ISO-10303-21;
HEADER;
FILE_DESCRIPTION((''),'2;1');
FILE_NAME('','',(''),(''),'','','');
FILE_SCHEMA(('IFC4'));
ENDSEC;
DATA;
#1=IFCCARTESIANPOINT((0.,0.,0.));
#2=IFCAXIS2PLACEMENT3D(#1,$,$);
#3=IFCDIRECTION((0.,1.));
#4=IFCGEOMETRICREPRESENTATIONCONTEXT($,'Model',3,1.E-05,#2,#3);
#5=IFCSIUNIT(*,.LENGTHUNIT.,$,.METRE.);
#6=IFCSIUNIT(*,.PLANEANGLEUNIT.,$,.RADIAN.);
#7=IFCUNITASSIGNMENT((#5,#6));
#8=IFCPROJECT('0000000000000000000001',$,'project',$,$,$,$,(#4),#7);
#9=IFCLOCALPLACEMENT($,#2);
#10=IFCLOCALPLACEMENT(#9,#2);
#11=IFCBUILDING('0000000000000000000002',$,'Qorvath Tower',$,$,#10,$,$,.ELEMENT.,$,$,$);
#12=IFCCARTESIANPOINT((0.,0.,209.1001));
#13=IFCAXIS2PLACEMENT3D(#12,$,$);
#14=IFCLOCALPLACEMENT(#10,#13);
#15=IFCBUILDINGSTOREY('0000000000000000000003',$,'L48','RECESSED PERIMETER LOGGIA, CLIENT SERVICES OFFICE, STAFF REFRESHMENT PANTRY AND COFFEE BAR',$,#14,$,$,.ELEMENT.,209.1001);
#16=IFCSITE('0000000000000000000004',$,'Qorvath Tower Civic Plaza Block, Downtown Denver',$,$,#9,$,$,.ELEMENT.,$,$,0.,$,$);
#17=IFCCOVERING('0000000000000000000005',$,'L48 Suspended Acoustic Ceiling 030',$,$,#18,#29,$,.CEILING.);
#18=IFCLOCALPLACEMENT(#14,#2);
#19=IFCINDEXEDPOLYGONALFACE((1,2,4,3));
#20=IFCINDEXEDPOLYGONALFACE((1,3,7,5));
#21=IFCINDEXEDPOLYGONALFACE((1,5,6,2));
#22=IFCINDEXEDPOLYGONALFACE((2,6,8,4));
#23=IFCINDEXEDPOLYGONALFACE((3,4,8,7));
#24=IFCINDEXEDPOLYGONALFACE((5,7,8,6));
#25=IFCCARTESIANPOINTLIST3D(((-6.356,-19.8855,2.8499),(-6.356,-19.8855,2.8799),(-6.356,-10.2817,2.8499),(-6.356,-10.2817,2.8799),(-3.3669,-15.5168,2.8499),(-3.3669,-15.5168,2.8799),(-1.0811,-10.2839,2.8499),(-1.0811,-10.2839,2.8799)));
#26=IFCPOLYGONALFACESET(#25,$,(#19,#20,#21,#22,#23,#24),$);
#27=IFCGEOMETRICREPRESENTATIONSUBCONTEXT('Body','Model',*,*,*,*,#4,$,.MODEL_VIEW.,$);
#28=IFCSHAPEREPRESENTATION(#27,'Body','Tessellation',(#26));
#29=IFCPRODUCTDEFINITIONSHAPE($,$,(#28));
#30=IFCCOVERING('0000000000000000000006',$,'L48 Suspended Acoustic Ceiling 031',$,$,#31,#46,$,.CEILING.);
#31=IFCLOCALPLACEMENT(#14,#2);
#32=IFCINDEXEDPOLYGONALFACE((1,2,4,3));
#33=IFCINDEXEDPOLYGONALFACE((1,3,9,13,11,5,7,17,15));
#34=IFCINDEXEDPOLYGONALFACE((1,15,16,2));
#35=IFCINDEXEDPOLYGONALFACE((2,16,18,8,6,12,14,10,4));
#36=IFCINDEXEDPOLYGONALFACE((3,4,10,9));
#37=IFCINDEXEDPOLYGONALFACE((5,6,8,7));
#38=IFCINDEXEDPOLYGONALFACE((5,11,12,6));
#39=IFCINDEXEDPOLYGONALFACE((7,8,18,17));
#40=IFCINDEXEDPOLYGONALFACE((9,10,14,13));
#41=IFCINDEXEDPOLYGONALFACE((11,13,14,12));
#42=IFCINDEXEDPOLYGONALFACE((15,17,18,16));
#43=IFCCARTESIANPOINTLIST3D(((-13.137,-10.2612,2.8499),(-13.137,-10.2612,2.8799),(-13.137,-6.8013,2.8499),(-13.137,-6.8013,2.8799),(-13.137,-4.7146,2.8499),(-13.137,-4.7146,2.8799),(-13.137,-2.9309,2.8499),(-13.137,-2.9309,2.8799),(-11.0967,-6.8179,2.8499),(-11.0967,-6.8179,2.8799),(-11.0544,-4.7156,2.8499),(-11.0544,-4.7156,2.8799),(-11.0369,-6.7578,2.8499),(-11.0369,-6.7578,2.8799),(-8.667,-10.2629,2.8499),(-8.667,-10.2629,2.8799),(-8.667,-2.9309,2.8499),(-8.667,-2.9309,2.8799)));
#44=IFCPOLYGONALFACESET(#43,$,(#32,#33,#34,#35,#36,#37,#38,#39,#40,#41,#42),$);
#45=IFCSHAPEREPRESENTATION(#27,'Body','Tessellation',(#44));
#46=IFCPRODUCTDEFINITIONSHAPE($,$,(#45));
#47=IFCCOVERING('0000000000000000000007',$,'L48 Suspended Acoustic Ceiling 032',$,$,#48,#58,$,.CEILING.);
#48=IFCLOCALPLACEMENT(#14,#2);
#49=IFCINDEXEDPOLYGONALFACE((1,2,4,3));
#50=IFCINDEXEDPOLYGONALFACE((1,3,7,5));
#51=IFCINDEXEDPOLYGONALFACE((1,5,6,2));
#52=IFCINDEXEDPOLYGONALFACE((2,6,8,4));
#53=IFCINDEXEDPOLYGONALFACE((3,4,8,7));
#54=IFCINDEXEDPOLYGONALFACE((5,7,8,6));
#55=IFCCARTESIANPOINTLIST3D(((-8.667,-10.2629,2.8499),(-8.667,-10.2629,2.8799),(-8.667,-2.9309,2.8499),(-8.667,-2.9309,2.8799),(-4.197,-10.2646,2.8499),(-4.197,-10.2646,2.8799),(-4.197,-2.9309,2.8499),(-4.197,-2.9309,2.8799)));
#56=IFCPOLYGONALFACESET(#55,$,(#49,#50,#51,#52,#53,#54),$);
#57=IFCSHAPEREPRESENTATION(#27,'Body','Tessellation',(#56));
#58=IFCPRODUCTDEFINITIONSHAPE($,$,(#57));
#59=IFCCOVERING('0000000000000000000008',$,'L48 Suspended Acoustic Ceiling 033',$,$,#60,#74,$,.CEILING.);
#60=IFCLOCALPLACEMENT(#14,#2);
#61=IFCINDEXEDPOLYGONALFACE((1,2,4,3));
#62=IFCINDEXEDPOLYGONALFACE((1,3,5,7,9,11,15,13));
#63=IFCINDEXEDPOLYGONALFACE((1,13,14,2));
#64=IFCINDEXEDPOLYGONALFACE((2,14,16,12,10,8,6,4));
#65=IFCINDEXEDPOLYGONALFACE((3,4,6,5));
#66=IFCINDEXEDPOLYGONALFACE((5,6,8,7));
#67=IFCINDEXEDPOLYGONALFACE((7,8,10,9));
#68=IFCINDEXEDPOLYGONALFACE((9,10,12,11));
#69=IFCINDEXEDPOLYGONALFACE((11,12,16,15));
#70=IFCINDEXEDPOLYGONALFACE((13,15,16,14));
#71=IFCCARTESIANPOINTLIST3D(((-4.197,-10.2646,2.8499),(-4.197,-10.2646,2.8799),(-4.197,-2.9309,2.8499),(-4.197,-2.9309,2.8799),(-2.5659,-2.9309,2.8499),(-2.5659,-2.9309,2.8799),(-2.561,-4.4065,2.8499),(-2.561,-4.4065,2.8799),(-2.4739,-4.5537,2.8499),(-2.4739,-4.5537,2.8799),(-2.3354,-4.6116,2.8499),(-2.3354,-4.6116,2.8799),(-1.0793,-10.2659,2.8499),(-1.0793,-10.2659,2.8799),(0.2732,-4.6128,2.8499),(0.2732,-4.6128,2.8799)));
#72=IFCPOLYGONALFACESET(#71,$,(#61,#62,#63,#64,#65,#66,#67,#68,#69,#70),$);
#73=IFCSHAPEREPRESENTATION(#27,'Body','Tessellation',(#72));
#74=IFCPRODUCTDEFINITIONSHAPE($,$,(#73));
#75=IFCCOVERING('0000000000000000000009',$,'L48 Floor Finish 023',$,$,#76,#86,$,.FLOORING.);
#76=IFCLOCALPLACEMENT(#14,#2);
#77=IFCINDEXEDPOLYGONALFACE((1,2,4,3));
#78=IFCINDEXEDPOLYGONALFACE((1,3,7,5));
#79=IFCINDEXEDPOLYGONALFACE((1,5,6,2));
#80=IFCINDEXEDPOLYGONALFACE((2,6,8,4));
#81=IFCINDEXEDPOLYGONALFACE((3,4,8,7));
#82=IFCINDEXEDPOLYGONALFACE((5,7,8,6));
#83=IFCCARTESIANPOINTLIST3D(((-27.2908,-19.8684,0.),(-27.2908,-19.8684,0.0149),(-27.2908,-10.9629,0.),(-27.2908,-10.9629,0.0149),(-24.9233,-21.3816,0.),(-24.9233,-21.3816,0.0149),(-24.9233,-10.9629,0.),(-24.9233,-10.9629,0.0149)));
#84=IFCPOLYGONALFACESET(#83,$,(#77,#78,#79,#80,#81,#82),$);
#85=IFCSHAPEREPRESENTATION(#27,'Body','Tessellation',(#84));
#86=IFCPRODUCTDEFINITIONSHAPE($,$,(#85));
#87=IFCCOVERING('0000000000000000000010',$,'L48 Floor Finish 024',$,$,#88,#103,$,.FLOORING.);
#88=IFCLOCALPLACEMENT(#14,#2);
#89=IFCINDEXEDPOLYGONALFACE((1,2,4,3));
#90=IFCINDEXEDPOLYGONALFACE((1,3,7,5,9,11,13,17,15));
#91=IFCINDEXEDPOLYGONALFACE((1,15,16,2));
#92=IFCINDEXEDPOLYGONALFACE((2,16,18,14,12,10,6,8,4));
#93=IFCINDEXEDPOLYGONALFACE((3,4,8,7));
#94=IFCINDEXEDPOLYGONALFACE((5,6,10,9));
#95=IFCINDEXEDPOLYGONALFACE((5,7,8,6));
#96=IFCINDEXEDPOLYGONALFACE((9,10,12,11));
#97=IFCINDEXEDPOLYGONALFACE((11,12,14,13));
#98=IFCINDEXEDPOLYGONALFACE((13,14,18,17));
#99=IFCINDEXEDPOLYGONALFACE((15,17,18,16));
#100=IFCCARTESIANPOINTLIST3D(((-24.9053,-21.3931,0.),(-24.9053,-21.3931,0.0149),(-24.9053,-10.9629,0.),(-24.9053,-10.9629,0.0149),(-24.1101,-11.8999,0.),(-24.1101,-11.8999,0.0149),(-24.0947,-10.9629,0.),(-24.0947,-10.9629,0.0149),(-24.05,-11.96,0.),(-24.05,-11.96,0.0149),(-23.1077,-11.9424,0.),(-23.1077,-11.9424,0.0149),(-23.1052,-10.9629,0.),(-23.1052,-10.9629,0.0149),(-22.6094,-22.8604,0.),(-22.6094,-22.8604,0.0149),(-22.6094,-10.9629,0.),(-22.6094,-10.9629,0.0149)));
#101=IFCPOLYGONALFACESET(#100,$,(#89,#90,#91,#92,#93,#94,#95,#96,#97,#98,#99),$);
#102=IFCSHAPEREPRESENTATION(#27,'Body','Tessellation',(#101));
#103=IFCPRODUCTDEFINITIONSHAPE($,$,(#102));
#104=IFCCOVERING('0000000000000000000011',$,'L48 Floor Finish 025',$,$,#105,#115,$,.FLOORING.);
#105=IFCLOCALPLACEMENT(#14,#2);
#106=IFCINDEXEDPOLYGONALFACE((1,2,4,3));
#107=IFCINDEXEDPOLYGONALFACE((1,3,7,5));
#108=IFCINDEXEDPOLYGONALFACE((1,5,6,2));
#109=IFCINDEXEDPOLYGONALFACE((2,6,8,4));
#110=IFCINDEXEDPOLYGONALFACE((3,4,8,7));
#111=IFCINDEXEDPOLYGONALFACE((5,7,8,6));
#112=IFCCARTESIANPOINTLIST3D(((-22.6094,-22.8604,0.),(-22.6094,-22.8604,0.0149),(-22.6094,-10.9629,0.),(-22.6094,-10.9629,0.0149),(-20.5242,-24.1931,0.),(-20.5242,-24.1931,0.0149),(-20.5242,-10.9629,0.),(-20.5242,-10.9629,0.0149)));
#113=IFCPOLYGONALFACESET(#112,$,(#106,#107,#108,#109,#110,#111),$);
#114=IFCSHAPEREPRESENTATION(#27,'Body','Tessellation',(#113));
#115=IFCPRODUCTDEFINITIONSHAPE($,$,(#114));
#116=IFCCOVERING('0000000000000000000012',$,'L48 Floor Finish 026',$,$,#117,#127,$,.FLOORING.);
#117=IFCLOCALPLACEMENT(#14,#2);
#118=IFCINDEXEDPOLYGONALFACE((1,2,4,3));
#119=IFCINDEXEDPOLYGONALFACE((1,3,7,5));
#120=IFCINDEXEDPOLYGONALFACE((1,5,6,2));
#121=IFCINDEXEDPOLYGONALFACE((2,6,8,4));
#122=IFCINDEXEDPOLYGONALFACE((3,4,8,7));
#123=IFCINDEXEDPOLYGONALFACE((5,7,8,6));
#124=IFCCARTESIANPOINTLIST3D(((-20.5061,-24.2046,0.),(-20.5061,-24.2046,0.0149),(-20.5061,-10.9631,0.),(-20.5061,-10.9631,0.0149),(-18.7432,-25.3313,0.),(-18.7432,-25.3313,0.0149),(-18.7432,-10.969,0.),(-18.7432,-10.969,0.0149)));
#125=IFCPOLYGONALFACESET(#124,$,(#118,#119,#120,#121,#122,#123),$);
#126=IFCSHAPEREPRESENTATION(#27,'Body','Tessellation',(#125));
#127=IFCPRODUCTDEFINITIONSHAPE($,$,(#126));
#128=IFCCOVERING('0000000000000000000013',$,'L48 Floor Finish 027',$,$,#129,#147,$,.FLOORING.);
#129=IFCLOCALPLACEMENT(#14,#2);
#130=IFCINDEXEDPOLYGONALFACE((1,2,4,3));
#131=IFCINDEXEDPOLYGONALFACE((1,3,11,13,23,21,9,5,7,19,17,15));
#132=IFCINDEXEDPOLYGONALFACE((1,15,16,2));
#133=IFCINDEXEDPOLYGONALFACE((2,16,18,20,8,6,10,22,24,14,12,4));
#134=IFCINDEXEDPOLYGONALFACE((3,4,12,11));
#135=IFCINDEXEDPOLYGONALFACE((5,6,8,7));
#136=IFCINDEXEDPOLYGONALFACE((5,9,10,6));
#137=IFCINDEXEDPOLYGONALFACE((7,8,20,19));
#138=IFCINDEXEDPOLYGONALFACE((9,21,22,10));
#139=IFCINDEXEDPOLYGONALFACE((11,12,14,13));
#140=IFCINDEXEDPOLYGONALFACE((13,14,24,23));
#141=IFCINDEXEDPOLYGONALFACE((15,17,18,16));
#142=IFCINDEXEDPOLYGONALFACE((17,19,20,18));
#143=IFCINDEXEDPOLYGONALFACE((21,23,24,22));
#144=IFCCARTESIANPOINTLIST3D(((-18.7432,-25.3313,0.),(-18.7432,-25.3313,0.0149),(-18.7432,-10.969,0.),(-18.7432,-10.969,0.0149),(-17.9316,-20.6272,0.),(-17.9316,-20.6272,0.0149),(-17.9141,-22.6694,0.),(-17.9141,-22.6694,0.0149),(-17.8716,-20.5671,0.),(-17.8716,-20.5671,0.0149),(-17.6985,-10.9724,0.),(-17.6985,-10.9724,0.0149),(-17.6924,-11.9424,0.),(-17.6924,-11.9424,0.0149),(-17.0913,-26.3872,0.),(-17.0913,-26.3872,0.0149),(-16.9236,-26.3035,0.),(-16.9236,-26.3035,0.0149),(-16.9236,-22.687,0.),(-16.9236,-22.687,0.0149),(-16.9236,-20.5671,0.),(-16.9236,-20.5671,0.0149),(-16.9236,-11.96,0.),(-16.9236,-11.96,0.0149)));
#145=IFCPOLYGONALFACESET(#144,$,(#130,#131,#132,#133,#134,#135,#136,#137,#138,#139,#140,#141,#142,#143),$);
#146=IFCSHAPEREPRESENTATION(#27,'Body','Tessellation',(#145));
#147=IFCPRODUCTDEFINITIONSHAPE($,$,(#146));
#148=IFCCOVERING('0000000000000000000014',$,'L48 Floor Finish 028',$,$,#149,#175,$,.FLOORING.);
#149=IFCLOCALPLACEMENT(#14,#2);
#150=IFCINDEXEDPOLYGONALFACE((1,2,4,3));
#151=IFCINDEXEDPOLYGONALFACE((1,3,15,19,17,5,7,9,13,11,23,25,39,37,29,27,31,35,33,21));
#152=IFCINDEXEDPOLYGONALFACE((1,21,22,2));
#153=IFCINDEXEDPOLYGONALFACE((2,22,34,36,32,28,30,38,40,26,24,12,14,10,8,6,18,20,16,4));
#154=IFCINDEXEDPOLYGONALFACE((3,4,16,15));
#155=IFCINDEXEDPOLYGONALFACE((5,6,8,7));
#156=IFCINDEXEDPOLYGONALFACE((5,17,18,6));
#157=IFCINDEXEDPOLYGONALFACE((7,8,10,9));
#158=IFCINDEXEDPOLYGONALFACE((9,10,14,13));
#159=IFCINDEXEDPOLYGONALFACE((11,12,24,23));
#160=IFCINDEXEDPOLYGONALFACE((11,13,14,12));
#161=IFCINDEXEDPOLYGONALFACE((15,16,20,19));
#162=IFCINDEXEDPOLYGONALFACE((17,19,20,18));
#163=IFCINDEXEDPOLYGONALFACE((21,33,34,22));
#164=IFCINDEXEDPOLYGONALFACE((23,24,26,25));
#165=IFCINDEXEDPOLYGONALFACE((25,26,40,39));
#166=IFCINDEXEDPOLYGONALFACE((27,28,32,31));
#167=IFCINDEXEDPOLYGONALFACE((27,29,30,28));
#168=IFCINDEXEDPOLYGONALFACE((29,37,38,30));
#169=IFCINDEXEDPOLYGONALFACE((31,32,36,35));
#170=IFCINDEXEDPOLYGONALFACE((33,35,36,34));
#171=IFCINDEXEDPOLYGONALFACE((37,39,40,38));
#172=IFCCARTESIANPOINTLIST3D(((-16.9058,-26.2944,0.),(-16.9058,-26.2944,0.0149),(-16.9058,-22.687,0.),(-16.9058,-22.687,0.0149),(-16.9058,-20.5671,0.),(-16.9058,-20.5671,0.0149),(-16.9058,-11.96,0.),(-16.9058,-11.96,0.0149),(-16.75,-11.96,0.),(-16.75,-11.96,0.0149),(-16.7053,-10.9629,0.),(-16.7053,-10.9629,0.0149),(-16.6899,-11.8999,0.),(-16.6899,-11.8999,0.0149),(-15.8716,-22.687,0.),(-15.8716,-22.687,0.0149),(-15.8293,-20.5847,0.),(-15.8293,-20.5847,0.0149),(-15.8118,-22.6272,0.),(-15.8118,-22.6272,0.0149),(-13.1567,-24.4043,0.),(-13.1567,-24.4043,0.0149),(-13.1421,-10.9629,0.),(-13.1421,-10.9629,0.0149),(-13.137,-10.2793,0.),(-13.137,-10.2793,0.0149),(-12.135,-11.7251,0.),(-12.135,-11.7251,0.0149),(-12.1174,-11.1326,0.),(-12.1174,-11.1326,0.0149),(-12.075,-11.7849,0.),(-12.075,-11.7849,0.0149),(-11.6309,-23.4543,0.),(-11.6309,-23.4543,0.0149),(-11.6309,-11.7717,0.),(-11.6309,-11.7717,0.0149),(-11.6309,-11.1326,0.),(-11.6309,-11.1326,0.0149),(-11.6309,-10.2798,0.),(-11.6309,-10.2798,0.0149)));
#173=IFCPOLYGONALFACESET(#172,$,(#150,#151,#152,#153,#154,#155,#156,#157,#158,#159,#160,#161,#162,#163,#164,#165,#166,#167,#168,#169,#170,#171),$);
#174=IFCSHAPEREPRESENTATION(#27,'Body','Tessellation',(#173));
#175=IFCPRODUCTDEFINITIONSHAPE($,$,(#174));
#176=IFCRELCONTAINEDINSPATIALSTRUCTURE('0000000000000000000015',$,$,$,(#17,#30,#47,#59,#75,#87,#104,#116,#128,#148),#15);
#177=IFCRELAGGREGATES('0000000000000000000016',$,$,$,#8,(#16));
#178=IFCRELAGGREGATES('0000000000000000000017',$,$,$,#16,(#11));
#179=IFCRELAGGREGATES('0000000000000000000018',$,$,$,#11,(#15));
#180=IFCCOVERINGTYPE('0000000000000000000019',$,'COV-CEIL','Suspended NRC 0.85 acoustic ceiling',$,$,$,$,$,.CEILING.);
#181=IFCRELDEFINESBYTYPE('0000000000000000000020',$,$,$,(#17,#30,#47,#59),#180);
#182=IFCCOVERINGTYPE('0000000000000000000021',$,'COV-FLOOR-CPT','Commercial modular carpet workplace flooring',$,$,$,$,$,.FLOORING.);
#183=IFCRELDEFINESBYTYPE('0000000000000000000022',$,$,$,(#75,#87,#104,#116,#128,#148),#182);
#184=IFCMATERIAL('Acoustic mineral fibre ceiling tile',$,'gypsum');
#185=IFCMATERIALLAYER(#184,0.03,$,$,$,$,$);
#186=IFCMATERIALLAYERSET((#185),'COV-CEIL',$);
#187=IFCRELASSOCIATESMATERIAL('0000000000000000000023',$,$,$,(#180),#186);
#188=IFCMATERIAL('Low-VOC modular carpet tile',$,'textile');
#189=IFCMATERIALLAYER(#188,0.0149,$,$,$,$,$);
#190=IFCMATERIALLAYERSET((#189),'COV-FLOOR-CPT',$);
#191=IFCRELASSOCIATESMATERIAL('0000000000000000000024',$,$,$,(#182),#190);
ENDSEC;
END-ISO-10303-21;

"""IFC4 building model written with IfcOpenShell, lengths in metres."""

from ifc_helpers import new_model, si_unit, direction, frame, origin, place, context, subcontext, project, spatial, polyline, outline, extrude, material, layer, layer_set, type_object, element, save


model = new_model("IFC4")

# Units and contexts
model_context = context("Model", 3, precision=1e-05, world=origin(), true_north=direction((0.0, 1.0)))
body_context = subcontext(model_context, "Body", "Model", "MODEL_VIEW")
ifc_project = project(units=[si_unit("LENGTHUNIT", "METRE"), si_unit("PLANEANGLEUNIT", "RADIAN")], contexts=[model_context])

# Site, building, storey
site_placement = place(None, origin())
site = spatial("IfcSite", under=ifc_project, at=site_placement, Name="Qorvath Tower Civic Plaza Block, Downtown Denver", CompositionType="ELEMENT", RefElevation=0.0)
building_placement = place(site_placement, origin())
building = spatial("IfcBuilding", under=site, at=building_placement, Name="Qorvath Tower", CompositionType="ELEMENT")
storey_placement = place(building_placement, frame((0.0, 0.0, 209.1001)))
storey = spatial("IfcBuildingStorey", under=building, at=storey_placement, Name="L48", Description="RECESSED PERIMETER LOGGIA, CLIENT SERVICES OFFICE, STAFF REFRESHMENT PANTRY AND COFFEE BAR", CompositionType="ELEMENT", Elevation=209.1001)

# Coverings
ifc_material_1 = material(Name="Acoustic mineral fibre ceiling tile", Category="gypsum")
ifc_layer_1 = layer(ifc_material_1, 0.03)
ifc_layer_set_1 = layer_set([ifc_layer_1], Name="COV-CEIL")
covering_type_1 = type_object("IfcCoveringType", Name="COV-CEIL", Description="Suspended NRC 0.85 acoustic ceiling", PredefinedType="CEILING", material=ifc_layer_set_1)
covering_1_placement = place(storey_placement, frame((0.0, 0.0, 2.8499)))
element("IfcCovering", 1, at=covering_1_placement, inside=storey, type_object=covering_type_1, Name="L48 Suspended Acoustic Ceiling 030", PredefinedType="CEILING", context=body_context, shape_type="SweptSolid", body=[
    extrude(outline(polyline([(-6.356, -10.2817), (-6.356, -19.8855), (-3.3669, -15.5168), (-1.0811, -10.2839), (-6.356, -10.2817)])), origin(), (0.0, 0.0, 1.0), 0.03),
])
covering_2_placement = place(storey_placement, frame((0.0, 0.0, 2.8499)))
element("IfcCovering", 2, at=covering_2_placement, inside=storey, type_object=covering_type_1, Name="L48 Suspended Acoustic Ceiling 031", PredefinedType="CEILING", context=body_context, shape_type="SweptSolid", body=[
    extrude(outline(polyline([(-8.667, -10.2629), (-8.667, -2.9309), (-13.137, -2.9309), (-13.137, -4.7146), (-11.0544, -4.7156), (-11.0369, -6.7578), (-11.0967, -6.8179), (-13.137, -6.8013), (-13.137, -10.2612), (-8.667, -10.2629)])), origin(), (0.0, 0.0, 1.0), 0.03),
])
covering_3_placement = place(storey_placement, frame((0.0, 0.0, 2.8499)))
element("IfcCovering", 3, at=covering_3_placement, inside=storey, type_object=covering_type_1, Name="L48 Suspended Acoustic Ceiling 032", PredefinedType="CEILING", context=body_context, shape_type="SweptSolid", body=[
    extrude(outline(polyline([(-4.197, -10.2646), (-4.197, -2.9309), (-8.667, -2.9309), (-8.667, -10.2629), (-4.197, -10.2646)])), origin(), (0.0, 0.0, 1.0), 0.03),
])
covering_4_placement = place(storey_placement, frame((0.0, 0.0, 2.8499)))
element("IfcCovering", 4, at=covering_4_placement, inside=storey, type_object=covering_type_1, Name="L48 Suspended Acoustic Ceiling 033", PredefinedType="CEILING", context=body_context, shape_type="SweptSolid", body=[
    extrude(outline(polyline([(-2.4739, -4.5537), (-2.561, -4.4065), (-2.5659, -2.9309), (-4.197, -2.9309), (-4.197, -10.2646), (-1.0793, -10.2659), (0.2732, -4.6128), (-2.3354, -4.6116), (-2.4739, -4.5537)])), origin(), (0.0, 0.0, 1.0), 0.03),
])
ifc_material_2 = material(Name="Low-VOC modular carpet tile", Category="textile")
ifc_layer_2 = layer(ifc_material_2, 0.0149)
ifc_layer_set_2 = layer_set([ifc_layer_2], Name="COV-FLOOR-CPT")
covering_type_2 = type_object("IfcCoveringType", Name="COV-FLOOR-CPT", Description="Commercial modular carpet workplace flooring", PredefinedType="FLOORING", material=ifc_layer_set_2)
covering_5_placement = place(storey_placement, origin())
element("IfcCovering", 5, at=covering_5_placement, inside=storey, type_object=covering_type_2, Name="L48 Floor Finish 023", PredefinedType="FLOORING", context=body_context, shape_type="SweptSolid", body=[
    extrude(outline(polyline([(-27.2908, -10.9629), (-27.2908, -19.8684), (-24.9233, -21.3816), (-24.9233, -10.9629), (-27.2908, -10.9629)])), origin(), (0.0, 0.0, 1.0), 0.0149),
])
covering_6_placement = place(storey_placement, origin())
element("IfcCovering", 6, at=covering_6_placement, inside=storey, type_object=covering_type_2, Name="L48 Floor Finish 024", PredefinedType="FLOORING", context=body_context, shape_type="SweptSolid", body=[
    extrude(outline(polyline([(-24.9053, -10.9629), (-24.9053, -21.3931), (-22.6094, -22.8604), (-22.6094, -10.9629), (-23.1052, -10.9629), (-23.1077, -11.9424), (-24.05, -11.96), (-24.1101, -11.8999), (-24.0947, -10.9629), (-24.9053, -10.9629)])), origin(), (0.0, 0.0, 1.0), 0.0149),
])
covering_7_placement = place(storey_placement, origin())
element("IfcCovering", 7, at=covering_7_placement, inside=storey, type_object=covering_type_2, Name="L48 Floor Finish 025", PredefinedType="FLOORING", context=body_context, shape_type="SweptSolid", body=[
    extrude(outline(polyline([(-22.6094, -10.9629), (-22.6094, -22.8604), (-20.5242, -24.1931), (-20.5242, -10.9629), (-22.6094, -10.9629)])), origin(), (0.0, 0.0, 1.0), 0.0149),
])
covering_8_placement = place(storey_placement, origin())
element("IfcCovering", 8, at=covering_8_placement, inside=storey, type_object=covering_type_2, Name="L48 Floor Finish 026", PredefinedType="FLOORING", context=body_context, shape_type="SweptSolid", body=[
    extrude(outline(polyline([(-18.7432, -25.3313), (-18.7432, -10.969), (-20.5061, -10.9631), (-20.5061, -24.2046), (-18.7432, -25.3313)])), origin(), (0.0, 0.0, 1.0), 0.0149),
])
covering_9_placement = place(storey_placement, origin())
element("IfcCovering", 9, at=covering_9_placement, inside=storey, type_object=covering_type_2, Name="L48 Floor Finish 027", PredefinedType="FLOORING", context=body_context, shape_type="SweptSolid", body=[
    extrude(outline(polyline([(-17.8716, -20.5671), (-16.9236, -20.5671), (-16.9236, -11.96), (-17.6924, -11.9424), (-17.6985, -10.9724), (-18.7432, -10.969), (-18.7432, -25.3313), (-17.0913, -26.3872), (-16.9236, -26.3035), (-16.9236, -22.687), (-17.9141, -22.6694), (-17.9316, -20.6272), (-17.8716, -20.5671)])), origin(), (0.0, 0.0, 1.0), 0.0149),
])
covering_10_placement = place(storey_placement, origin())
element("IfcCovering", 10, at=covering_10_placement, inside=storey, type_object=covering_type_2, Name="L48 Floor Finish 028", PredefinedType="FLOORING", context=body_context, shape_type="SweptSolid", body=[
    extrude(outline(polyline([(-16.9058, -22.687), (-16.9058, -26.2944), (-13.1567, -24.4043), (-11.6309, -23.4543), (-11.6309, -11.7717), (-12.075, -11.7849), (-12.135, -11.7251), (-12.1174, -11.1326), (-11.6309, -11.1326), (-11.6309, -10.2798), (-13.137, -10.2793), (-13.1421, -10.9629), (-16.7053, -10.9629), (-16.6899, -11.8999), (-16.75, -11.96), (-16.9058, -11.96), (-16.9058, -20.5671), (-15.8293, -20.5847), (-15.8118, -22.6272), (-15.8716, -22.687), (-16.9058, -22.687)])), origin(), (0.0, 0.0, 1.0), 0.0149),
])

save(model, "model.ifc")
